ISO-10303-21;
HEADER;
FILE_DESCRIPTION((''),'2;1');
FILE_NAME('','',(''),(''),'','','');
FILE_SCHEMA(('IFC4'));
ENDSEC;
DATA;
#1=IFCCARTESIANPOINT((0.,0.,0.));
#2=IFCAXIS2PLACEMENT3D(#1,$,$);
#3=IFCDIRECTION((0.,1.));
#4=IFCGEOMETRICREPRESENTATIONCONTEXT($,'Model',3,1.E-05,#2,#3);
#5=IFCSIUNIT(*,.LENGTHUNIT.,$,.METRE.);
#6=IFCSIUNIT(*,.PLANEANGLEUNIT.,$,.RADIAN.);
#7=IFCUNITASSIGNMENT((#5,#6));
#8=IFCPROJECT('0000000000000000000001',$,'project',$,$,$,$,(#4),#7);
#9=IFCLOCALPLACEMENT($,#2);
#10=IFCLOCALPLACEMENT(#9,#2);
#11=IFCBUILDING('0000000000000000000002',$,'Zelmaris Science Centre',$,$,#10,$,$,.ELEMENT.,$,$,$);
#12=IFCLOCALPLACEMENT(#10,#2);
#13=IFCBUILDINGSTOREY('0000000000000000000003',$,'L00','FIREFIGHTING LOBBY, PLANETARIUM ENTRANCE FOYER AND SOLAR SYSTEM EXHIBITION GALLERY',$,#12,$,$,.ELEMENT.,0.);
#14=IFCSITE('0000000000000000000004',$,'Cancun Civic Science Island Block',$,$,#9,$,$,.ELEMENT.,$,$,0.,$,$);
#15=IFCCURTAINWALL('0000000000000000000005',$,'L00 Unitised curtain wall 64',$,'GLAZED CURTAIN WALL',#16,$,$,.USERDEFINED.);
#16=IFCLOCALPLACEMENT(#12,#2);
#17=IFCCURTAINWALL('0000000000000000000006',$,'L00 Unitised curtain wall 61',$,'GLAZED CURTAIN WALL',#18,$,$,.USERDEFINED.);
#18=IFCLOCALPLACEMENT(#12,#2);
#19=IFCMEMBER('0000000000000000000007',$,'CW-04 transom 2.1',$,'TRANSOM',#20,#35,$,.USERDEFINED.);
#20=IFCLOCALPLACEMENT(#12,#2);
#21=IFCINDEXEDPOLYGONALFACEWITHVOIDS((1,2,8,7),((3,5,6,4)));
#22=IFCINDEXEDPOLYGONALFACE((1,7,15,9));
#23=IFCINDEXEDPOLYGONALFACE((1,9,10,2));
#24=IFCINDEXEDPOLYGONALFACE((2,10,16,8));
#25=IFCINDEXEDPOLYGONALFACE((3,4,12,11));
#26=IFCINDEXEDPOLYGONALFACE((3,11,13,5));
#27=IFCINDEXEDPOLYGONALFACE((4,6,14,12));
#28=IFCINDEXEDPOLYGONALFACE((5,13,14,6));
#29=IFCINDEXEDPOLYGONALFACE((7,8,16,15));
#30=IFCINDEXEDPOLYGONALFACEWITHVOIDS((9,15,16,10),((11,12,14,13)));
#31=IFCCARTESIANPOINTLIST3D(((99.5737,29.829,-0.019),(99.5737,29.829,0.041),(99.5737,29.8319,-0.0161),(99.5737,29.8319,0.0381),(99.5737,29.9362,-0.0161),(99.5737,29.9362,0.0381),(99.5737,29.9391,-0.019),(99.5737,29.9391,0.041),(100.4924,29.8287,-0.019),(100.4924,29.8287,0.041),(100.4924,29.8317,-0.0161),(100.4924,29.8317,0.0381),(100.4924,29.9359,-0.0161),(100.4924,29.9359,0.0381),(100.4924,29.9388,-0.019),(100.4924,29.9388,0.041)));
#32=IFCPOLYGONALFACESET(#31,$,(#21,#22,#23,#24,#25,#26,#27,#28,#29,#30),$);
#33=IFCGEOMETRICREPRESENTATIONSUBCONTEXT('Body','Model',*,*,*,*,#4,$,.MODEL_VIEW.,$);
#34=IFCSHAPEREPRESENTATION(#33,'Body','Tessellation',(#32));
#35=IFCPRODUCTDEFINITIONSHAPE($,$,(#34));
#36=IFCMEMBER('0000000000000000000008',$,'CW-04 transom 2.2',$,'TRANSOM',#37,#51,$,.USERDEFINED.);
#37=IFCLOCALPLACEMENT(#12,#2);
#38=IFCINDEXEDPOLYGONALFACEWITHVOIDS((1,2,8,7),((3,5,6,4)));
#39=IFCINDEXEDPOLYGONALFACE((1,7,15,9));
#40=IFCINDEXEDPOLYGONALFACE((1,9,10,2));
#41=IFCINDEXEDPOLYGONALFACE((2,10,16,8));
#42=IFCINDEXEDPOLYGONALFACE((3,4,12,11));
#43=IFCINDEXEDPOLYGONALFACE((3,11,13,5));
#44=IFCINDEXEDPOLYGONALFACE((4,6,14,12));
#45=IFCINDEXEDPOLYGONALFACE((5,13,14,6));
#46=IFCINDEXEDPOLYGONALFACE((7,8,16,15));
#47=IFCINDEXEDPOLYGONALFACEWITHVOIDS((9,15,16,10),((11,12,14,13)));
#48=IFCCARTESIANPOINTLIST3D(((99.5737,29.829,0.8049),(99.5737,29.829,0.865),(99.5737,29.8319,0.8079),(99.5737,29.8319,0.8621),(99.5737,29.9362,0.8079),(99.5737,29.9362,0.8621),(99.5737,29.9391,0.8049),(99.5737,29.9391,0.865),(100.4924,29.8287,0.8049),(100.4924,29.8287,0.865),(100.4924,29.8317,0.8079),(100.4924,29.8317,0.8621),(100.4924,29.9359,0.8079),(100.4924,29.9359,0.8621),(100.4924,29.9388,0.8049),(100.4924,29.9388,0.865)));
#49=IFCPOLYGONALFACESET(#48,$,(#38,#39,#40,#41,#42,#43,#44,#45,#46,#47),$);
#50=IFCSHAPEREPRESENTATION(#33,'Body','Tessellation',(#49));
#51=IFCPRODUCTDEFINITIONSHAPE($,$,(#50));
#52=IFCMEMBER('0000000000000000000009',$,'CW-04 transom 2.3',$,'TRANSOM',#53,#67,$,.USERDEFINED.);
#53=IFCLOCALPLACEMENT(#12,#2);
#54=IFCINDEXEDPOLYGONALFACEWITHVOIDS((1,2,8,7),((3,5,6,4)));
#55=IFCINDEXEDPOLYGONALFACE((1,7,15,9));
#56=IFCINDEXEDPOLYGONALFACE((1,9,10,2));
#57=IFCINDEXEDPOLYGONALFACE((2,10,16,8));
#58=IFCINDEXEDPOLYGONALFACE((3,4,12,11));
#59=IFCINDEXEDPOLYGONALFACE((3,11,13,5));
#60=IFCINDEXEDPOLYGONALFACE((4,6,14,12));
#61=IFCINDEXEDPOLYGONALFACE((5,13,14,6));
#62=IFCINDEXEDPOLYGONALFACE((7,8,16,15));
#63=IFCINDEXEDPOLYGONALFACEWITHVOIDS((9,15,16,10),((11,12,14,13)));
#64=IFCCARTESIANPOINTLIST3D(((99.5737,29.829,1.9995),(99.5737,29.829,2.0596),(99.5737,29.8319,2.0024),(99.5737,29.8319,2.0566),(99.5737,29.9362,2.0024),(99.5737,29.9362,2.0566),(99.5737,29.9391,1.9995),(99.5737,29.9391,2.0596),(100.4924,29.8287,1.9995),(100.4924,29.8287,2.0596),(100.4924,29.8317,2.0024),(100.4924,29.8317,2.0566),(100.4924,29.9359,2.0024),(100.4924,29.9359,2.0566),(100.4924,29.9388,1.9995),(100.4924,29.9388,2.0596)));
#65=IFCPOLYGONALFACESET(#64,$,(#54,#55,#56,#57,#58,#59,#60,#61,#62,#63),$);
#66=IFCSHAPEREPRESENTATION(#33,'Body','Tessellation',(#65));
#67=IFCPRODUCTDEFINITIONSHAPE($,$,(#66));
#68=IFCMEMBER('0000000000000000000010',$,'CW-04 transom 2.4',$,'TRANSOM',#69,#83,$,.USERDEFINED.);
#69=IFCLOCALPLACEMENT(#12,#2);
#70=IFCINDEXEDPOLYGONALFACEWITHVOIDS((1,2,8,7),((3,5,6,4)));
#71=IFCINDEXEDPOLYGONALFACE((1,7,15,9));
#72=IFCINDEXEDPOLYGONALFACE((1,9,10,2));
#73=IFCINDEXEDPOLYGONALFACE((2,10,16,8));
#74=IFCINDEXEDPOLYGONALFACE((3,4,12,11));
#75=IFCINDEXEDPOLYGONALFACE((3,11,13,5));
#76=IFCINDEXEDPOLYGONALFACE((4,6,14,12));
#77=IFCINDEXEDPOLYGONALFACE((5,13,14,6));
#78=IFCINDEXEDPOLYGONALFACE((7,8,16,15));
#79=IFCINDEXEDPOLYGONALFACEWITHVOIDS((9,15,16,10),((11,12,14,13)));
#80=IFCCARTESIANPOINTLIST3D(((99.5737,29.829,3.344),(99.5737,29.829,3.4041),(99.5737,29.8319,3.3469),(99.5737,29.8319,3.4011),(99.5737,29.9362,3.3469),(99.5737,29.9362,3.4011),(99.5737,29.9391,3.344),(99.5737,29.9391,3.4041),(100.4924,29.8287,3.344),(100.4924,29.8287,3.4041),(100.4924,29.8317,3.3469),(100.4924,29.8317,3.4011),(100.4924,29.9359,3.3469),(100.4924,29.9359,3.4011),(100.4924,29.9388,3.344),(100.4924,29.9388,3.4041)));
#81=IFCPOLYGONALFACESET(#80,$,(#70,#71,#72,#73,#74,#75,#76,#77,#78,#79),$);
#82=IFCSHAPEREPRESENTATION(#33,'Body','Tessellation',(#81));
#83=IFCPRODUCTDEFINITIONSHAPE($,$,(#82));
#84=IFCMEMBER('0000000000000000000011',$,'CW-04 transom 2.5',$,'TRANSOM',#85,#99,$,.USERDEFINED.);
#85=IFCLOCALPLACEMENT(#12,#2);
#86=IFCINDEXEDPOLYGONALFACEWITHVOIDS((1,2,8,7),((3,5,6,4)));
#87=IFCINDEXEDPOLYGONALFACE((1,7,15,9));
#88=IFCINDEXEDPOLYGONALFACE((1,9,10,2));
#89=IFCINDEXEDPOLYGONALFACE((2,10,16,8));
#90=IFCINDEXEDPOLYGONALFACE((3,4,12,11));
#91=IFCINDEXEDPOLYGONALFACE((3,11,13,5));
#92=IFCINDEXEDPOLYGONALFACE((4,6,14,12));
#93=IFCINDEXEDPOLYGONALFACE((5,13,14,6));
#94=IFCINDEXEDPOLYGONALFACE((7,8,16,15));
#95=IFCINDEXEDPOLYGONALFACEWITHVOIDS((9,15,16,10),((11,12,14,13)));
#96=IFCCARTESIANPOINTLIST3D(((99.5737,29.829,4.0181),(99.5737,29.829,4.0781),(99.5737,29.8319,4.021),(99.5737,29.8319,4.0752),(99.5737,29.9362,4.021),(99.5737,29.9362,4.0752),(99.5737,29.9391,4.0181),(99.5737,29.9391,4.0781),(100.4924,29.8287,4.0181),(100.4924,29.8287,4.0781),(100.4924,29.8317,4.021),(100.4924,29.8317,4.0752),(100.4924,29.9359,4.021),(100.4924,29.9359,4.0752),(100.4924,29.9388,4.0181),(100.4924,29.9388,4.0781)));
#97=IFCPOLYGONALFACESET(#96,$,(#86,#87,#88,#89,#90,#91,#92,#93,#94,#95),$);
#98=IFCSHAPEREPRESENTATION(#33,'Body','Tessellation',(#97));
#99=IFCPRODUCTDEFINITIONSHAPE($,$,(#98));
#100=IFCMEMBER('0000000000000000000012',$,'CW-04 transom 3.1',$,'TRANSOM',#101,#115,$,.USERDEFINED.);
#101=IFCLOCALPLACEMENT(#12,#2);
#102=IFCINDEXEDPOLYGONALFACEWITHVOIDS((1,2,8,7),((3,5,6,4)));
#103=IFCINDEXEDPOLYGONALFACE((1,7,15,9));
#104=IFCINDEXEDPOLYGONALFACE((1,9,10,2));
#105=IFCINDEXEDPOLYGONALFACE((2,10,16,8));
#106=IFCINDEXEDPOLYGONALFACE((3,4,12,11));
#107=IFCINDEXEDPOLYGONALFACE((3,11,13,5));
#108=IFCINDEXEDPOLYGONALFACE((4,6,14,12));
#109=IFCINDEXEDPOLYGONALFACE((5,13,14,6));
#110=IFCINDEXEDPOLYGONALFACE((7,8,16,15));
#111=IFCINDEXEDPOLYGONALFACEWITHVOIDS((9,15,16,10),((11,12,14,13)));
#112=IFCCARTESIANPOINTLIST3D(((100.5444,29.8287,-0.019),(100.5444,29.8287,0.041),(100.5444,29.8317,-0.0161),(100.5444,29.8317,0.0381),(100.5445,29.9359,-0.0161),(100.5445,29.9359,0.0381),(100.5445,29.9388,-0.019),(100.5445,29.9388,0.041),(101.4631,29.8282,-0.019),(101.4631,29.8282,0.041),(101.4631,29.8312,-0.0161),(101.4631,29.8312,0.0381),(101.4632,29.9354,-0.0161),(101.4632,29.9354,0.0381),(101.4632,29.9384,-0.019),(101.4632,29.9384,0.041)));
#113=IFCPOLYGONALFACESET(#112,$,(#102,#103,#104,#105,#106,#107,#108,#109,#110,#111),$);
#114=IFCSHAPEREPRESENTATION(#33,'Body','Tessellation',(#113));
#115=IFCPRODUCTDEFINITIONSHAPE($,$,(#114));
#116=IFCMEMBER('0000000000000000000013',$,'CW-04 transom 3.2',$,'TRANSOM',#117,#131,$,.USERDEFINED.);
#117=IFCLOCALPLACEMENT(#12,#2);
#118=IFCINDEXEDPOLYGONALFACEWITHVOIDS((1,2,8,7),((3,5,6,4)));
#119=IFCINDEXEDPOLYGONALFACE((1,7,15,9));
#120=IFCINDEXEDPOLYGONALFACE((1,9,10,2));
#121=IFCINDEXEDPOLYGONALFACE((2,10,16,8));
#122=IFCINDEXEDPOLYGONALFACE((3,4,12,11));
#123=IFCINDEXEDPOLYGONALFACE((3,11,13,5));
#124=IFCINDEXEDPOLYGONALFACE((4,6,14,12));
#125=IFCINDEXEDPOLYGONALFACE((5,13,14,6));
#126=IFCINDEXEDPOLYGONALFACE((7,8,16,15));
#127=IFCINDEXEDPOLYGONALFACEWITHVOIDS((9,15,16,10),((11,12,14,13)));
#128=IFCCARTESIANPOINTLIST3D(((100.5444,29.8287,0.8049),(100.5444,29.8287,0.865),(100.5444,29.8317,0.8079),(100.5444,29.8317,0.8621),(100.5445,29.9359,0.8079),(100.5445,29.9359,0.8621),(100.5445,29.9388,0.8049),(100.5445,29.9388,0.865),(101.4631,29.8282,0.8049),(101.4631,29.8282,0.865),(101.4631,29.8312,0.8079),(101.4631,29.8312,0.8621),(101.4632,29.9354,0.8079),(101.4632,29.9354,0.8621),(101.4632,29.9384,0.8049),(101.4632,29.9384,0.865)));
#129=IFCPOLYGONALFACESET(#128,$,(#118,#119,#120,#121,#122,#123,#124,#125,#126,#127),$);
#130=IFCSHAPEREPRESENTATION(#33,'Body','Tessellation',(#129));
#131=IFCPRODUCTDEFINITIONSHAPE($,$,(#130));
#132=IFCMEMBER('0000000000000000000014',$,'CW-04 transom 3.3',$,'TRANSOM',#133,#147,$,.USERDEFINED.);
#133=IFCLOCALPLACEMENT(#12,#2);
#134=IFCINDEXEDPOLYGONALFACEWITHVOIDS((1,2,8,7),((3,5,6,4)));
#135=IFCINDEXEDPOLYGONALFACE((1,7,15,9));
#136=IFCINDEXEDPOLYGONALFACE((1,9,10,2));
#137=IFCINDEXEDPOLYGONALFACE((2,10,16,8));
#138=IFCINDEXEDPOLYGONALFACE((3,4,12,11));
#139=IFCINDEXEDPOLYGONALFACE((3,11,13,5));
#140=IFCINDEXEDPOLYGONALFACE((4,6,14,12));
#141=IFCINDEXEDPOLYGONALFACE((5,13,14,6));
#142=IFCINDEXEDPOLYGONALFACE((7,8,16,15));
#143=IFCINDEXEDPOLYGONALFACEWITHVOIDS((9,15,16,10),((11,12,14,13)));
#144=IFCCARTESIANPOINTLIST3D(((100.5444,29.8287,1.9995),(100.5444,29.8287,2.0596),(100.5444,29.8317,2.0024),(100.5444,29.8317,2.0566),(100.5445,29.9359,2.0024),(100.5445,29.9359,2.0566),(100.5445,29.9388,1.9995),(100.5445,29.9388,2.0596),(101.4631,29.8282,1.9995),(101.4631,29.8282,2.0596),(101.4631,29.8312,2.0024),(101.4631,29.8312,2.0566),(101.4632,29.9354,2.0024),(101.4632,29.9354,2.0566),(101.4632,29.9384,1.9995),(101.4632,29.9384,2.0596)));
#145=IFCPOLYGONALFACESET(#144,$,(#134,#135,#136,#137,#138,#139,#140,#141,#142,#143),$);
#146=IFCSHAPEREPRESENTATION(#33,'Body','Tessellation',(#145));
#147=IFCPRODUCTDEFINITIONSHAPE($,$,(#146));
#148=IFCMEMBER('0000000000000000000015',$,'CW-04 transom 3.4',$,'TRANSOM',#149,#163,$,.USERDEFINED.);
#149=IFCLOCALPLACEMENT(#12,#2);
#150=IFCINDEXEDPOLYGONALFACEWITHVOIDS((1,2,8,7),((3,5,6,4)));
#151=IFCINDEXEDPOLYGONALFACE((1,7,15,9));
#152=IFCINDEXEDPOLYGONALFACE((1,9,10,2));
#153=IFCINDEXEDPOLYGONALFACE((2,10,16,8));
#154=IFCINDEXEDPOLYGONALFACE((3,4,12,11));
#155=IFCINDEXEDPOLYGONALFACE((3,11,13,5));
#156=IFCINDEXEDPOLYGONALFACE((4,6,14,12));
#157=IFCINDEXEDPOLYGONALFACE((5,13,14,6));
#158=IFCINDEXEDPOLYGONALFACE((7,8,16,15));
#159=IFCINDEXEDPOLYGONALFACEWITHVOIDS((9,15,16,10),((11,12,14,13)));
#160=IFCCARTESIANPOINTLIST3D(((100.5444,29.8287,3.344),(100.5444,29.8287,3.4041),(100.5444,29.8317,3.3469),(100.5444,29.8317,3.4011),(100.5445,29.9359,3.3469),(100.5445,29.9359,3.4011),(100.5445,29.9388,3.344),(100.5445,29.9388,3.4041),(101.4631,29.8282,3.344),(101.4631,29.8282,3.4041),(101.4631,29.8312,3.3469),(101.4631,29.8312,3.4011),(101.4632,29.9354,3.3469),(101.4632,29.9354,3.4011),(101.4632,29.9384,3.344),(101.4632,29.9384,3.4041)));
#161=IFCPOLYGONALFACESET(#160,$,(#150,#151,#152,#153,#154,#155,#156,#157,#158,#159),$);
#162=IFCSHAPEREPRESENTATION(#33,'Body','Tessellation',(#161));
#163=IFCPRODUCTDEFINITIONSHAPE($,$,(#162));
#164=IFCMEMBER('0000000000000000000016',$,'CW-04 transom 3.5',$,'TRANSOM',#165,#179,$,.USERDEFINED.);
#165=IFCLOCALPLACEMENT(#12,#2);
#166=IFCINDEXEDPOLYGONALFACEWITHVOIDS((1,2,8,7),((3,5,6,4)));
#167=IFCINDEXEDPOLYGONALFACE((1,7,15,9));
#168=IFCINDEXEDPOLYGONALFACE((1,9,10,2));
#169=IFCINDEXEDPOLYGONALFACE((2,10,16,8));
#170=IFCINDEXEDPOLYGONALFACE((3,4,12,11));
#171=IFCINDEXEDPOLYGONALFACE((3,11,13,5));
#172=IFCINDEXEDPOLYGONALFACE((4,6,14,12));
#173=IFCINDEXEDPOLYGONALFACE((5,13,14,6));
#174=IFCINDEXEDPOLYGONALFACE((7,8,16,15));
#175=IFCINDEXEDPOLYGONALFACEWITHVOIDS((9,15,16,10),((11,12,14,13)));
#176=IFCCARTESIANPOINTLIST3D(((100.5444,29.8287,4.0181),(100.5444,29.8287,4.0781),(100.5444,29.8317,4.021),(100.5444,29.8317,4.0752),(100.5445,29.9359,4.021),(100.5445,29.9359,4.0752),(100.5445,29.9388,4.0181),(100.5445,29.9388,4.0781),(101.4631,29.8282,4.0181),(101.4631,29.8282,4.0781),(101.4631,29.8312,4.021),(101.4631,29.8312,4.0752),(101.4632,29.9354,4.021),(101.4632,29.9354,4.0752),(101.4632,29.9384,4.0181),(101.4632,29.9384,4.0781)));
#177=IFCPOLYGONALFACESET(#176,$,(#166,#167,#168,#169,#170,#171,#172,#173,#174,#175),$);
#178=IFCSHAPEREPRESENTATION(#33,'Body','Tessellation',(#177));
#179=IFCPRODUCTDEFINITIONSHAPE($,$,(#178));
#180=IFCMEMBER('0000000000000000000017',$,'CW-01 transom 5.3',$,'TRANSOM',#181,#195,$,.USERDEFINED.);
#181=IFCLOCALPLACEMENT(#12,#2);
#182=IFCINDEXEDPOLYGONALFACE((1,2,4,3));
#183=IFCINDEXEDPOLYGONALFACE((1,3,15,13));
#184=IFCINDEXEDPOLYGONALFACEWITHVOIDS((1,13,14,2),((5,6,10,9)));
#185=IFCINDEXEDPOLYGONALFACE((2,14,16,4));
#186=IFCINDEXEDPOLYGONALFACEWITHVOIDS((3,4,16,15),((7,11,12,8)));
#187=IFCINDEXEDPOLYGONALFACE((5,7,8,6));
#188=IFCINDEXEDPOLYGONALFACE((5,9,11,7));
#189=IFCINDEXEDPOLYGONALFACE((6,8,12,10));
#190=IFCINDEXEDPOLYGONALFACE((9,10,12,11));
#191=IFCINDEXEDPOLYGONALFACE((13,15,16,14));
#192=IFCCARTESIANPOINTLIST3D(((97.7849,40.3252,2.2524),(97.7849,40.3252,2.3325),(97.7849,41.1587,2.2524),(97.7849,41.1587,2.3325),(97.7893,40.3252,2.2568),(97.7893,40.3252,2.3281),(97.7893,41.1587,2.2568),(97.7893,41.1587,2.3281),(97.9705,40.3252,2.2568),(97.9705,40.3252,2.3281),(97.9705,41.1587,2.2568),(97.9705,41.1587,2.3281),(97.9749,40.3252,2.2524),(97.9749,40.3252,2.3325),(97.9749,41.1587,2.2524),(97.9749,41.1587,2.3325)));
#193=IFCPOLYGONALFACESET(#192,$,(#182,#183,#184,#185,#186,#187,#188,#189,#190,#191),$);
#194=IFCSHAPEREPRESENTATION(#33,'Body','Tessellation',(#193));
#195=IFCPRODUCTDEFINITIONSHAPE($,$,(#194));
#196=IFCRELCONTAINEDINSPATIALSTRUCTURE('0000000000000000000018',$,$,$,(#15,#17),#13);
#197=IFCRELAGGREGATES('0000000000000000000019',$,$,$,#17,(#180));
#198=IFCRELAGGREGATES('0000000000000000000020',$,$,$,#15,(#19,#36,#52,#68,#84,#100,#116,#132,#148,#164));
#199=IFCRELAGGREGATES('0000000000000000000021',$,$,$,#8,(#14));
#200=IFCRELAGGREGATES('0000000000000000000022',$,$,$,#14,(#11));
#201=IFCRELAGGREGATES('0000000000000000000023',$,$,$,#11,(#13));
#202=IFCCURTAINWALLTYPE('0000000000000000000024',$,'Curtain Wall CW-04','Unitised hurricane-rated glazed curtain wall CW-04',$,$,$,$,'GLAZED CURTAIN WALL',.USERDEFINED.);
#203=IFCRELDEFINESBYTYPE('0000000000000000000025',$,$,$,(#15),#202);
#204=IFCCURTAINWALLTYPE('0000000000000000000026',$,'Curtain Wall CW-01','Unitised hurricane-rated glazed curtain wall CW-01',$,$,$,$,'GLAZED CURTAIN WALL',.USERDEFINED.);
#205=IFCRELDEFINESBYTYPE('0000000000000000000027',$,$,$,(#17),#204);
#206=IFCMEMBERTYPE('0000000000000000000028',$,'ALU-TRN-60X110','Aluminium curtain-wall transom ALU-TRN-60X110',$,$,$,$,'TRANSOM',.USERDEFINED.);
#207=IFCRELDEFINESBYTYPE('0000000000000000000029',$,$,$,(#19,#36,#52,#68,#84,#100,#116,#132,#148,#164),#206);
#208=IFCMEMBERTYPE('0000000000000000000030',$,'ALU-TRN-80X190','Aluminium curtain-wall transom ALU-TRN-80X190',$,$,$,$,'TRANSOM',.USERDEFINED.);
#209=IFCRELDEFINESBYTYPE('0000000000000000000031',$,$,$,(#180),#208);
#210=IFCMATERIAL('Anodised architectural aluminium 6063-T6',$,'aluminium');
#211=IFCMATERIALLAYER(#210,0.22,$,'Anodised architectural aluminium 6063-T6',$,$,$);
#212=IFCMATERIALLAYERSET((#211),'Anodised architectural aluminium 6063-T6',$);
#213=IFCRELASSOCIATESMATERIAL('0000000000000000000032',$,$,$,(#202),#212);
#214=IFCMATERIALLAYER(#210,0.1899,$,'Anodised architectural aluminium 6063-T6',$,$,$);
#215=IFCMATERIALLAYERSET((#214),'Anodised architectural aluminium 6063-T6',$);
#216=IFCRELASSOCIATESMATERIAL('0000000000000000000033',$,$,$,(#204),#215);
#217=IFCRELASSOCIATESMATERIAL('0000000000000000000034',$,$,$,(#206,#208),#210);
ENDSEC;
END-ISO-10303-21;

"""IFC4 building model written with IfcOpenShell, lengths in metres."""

from ifc_helpers import new_model, si_unit, direction, frame, origin, origin_2d, place, context, subcontext, project, spatial, hollow_rectangle, extrude, material, layer, layer_set, material_profile, profile_set, type_object, element, aggregate, save


model = new_model("IFC4")

# Units and contexts
model_context = context("Model", 3, precision=1e-05, world=origin(), true_north=direction((0.0, 1.0)))
body_context = subcontext(model_context, "Body", "Model", "MODEL_VIEW")
ifc_project = project(units=[si_unit("LENGTHUNIT", "METRE"), si_unit("PLANEANGLEUNIT", "RADIAN")], contexts=[model_context])

# Site, building, storey
site_placement = place(None, origin())
site = spatial("IfcSite", under=ifc_project, at=site_placement, Name="Cancun Civic Science Island Block", CompositionType="ELEMENT", RefElevation=0.0)
building_placement = place(site_placement, origin())
building = spatial("IfcBuilding", under=site, at=building_placement, Name="Zelmaris Science Centre", CompositionType="ELEMENT")
storey_placement = place(building_placement, origin())
storey = spatial("IfcBuildingStorey", under=building, at=storey_placement, Name="L00", Description="FIREFIGHTING LOBBY, PLANETARIUM ENTRANCE FOYER AND SOLAR SYSTEM EXHIBITION GALLERY", CompositionType="ELEMENT", Elevation=0.0)

# Curtain wall
ifc_material_1 = material(Name="Anodised architectural aluminium 6063-T6", Category="aluminium")
ifc_layer_1 = layer(ifc_material_1, 0.22, Name="Anodised architectural aluminium 6063-T6")
ifc_layer_set_1 = layer_set([ifc_layer_1], Name="Anodised architectural aluminium 6063-T6")
curtain_wall_type_1 = type_object("IfcCurtainWallType", Name="Curtain Wall CW-04", Description="Unitised hurricane-rated glazed curtain wall CW-04", ElementType="GLAZED CURTAIN WALL", PredefinedType="USERDEFINED", material=ifc_layer_set_1)
curtain_wall_1_placement = place(storey_placement, origin())
curtain_wall_1 = element("IfcCurtainWall", 1, at=curtain_wall_1_placement, inside=storey, type_object=curtain_wall_type_1, Name="L00 Unitised curtain wall 64", ObjectType="GLAZED CURTAIN WALL", PredefinedType="USERDEFINED")

# Curtain wall
ifc_layer_2 = layer(ifc_material_1, 0.1899, Name="Anodised architectural aluminium 6063-T6")
ifc_layer_set_2 = layer_set([ifc_layer_2], Name="Anodised architectural aluminium 6063-T6")
curtain_wall_type_2 = type_object("IfcCurtainWallType", Name="Curtain Wall CW-01", Description="Unitised hurricane-rated glazed curtain wall CW-01", ElementType="GLAZED CURTAIN WALL", PredefinedType="USERDEFINED", material=ifc_layer_set_2)
curtain_wall_2_placement = place(storey_placement, origin())
curtain_wall_2 = element("IfcCurtainWall", 2, at=curtain_wall_2_placement, inside=storey, type_object=curtain_wall_type_2, Name="L00 Unitised curtain wall 61", ObjectType="GLAZED CURTAIN WALL", PredefinedType="USERDEFINED")

# Members
ifc_material_profile_1 = material_profile(ifc_material_1, hollow_rectangle(XDim=0.0601, YDim=0.1101, WallThickness=0.0029, at=origin_2d()), Name="ALU-TRN-60X110")
ifc_profile_set_1 = profile_set([ifc_material_profile_1], Name="Anodised architectural aluminium 6063-T6")
member_type_1 = type_object("IfcMemberType", Name="ALU-TRN-60X110", Description="Aluminium curtain-wall transom ALU-TRN-60X110", ElementType="TRANSOM", PredefinedType="USERDEFINED", material=ifc_profile_set_1)
member_1_placement = place(storey_placement, frame((99.5737, 29.884, 0.011), z_axis=(1.0, -0.000266, 0.0), x_axis=(0.0, 0.0, 1.0)))
member_1 = element("IfcMember", 3, at=member_1_placement, type_object=member_type_1, Name="CW-04 transom 2.1", ObjectType="TRANSOM", PredefinedType="USERDEFINED", context=body_context, shape_type="SweptSolid", body=[
    extrude(hollow_rectangle(XDim=0.0601, YDim=0.1101, WallThickness=0.0029, at=origin_2d()), origin(), (0.0, 0.0, 1.0), 0.9187),
])
member_2_placement = place(storey_placement, frame((99.5737, 29.884, 0.835), z_axis=(1.0, -0.000266, 0.0), x_axis=(0.0, 0.0, 1.0)))
member_2 = element("IfcMember", 4, at=member_2_placement, type_object=member_type_1, Name="CW-04 transom 2.2", ObjectType="TRANSOM", PredefinedType="USERDEFINED", context=body_context, shape_type="SweptSolid", body=[
    extrude(hollow_rectangle(XDim=0.0601, YDim=0.1101, WallThickness=0.0029, at=origin_2d()), origin(), (0.0, 0.0, 1.0), 0.9187),
])
member_3_placement = place(storey_placement, frame((99.5737, 29.884, 2.0295), z_axis=(1.0, -0.000266, 0.0), x_axis=(0.0, 0.0, 1.0)))
member_3 = element("IfcMember", 5, at=member_3_placement, type_object=member_type_1, Name="CW-04 transom 2.3", ObjectType="TRANSOM", PredefinedType="USERDEFINED", context=body_context, shape_type="SweptSolid", body=[
    extrude(hollow_rectangle(XDim=0.0601, YDim=0.1101, WallThickness=0.0029, at=origin_2d()), origin(), (0.0, 0.0, 1.0), 0.9187),
])
member_4_placement = place(storey_placement, frame((99.5737, 29.884, 3.374), z_axis=(1.0, -0.000266, 0.0), x_axis=(0.0, 0.0, 1.0)))
member_4 = element("IfcMember", 6, at=member_4_placement, type_object=member_type_1, Name="CW-04 transom 2.4", ObjectType="TRANSOM", PredefinedType="USERDEFINED", context=body_context, shape_type="SweptSolid", body=[
    extrude(hollow_rectangle(XDim=0.0601, YDim=0.1101, WallThickness=0.0029, at=origin_2d()), origin(), (0.0, 0.0, 1.0), 0.9187),
])
member_5_placement = place(storey_placement, frame((99.5737, 29.884, 4.0481), z_axis=(1.0, -0.000266, 0.0), x_axis=(0.0, 0.0, 1.0)))
member_5 = element("IfcMember", 7, at=member_5_placement, type_object=member_type_1, Name="CW-04 transom 2.5", ObjectType="TRANSOM", PredefinedType="USERDEFINED", context=body_context, shape_type="SweptSolid", body=[
    extrude(hollow_rectangle(XDim=0.0601, YDim=0.1101, WallThickness=0.0029, at=origin_2d()), origin(), (0.0, 0.0, 1.0), 0.9187),
])
member_6_placement = place(storey_placement, frame((100.5444, 29.8838, 0.011), z_axis=(1.0, -0.000531, 0.0), x_axis=(0.0, 0.0, 1.0)))
member_6 = element("IfcMember", 8, at=member_6_placement, type_object=member_type_1, Name="CW-04 transom 3.1", ObjectType="TRANSOM", PredefinedType="USERDEFINED", context=body_context, shape_type="SweptSolid", body=[
    extrude(hollow_rectangle(XDim=0.0601, YDim=0.1101, WallThickness=0.0029, at=origin_2d()), origin(), (0.0, 0.0, 1.0), 0.9187),
])
member_7_placement = place(storey_placement, frame((100.5444, 29.8838, 0.835), z_axis=(1.0, -0.000531, 0.0), x_axis=(0.0, 0.0, 1.0)))
member_7 = element("IfcMember", 9, at=member_7_placement, type_object=member_type_1, Name="CW-04 transom 3.2", ObjectType="TRANSOM", PredefinedType="USERDEFINED", context=body_context, shape_type="SweptSolid", body=[
    extrude(hollow_rectangle(XDim=0.0601, YDim=0.1101, WallThickness=0.0029, at=origin_2d()), origin(), (0.0, 0.0, 1.0), 0.9187),
])
member_8_placement = place(storey_placement, frame((100.5444, 29.8838, 2.0295), z_axis=(1.0, -0.000531, 0.0), x_axis=(0.0, 0.0, 1.0)))
member_8 = element("IfcMember", 10, at=member_8_placement, type_object=member_type_1, Name="CW-04 transom 3.3", ObjectType="TRANSOM", PredefinedType="USERDEFINED", context=body_context, shape_type="SweptSolid", body=[
    extrude(hollow_rectangle(XDim=0.0601, YDim=0.1101, WallThickness=0.0029, at=origin_2d()), origin(), (0.0, 0.0, 1.0), 0.9187),
])
member_9_placement = place(storey_placement, frame((100.5444, 29.8838, 3.374), z_axis=(1.0, -0.000531, 0.0), x_axis=(0.0, 0.0, 1.0)))
member_9 = element("IfcMember", 11, at=member_9_placement, type_object=member_type_1, Name="CW-04 transom 3.4", ObjectType="TRANSOM", PredefinedType="USERDEFINED", context=body_context, shape_type="SweptSolid", body=[
    extrude(hollow_rectangle(XDim=0.0601, YDim=0.1101, WallThickness=0.0029, at=origin_2d()), origin(), (0.0, 0.0, 1.0), 0.9187),
])
member_10_placement = place(storey_placement, frame((100.5444, 29.8838, 4.0481), z_axis=(1.0, -0.000531, 0.0), x_axis=(0.0, 0.0, 1.0)))
member_10 = element("IfcMember", 12, at=member_10_placement, type_object=member_type_1, Name="CW-04 transom 3.5", ObjectType="TRANSOM", PredefinedType="USERDEFINED", context=body_context, shape_type="SweptSolid", body=[
    extrude(hollow_rectangle(XDim=0.0601, YDim=0.1101, WallThickness=0.0029, at=origin_2d()), origin(), (0.0, 0.0, 1.0), 0.9187),
])
ifc_material_profile_2 = material_profile(ifc_material_1, hollow_rectangle(XDim=0.0801, YDim=0.1899, WallThickness=0.0044, at=origin_2d()), Name="ALU-TRN-80X190")
ifc_profile_set_2 = profile_set([ifc_material_profile_2], Name="Anodised architectural aluminium 6063-T6")
member_type_2 = type_object("IfcMemberType", Name="ALU-TRN-80X190", Description="Aluminium curtain-wall transom ALU-TRN-80X190", ElementType="TRANSOM", PredefinedType="USERDEFINED", material=ifc_profile_set_2)
member_11_placement = place(storey_placement, frame((97.8799, 41.1587, 2.2925), z_axis=(0.0, -1.0, 0.0), x_axis=(0.0, 0.0, 1.0)))
member_11 = element("IfcMember", 13, at=member_11_placement, type_object=member_type_2, Name="CW-01 transom 5.3", ObjectType="TRANSOM", PredefinedType="USERDEFINED", context=body_context, shape_type="SweptSolid", body=[
    extrude(hollow_rectangle(XDim=0.0801, YDim=0.1899, WallThickness=0.0044, at=origin_2d()), origin(), (0.0, 0.0, 1.0), 0.8335),
])

aggregate(curtain_wall_2, [member_11])
aggregate(curtain_wall_1, [member_1, member_2, member_3, member_4, member_5, member_6, member_7, member_8, member_9, member_10])

save(model, "model.ifc")
